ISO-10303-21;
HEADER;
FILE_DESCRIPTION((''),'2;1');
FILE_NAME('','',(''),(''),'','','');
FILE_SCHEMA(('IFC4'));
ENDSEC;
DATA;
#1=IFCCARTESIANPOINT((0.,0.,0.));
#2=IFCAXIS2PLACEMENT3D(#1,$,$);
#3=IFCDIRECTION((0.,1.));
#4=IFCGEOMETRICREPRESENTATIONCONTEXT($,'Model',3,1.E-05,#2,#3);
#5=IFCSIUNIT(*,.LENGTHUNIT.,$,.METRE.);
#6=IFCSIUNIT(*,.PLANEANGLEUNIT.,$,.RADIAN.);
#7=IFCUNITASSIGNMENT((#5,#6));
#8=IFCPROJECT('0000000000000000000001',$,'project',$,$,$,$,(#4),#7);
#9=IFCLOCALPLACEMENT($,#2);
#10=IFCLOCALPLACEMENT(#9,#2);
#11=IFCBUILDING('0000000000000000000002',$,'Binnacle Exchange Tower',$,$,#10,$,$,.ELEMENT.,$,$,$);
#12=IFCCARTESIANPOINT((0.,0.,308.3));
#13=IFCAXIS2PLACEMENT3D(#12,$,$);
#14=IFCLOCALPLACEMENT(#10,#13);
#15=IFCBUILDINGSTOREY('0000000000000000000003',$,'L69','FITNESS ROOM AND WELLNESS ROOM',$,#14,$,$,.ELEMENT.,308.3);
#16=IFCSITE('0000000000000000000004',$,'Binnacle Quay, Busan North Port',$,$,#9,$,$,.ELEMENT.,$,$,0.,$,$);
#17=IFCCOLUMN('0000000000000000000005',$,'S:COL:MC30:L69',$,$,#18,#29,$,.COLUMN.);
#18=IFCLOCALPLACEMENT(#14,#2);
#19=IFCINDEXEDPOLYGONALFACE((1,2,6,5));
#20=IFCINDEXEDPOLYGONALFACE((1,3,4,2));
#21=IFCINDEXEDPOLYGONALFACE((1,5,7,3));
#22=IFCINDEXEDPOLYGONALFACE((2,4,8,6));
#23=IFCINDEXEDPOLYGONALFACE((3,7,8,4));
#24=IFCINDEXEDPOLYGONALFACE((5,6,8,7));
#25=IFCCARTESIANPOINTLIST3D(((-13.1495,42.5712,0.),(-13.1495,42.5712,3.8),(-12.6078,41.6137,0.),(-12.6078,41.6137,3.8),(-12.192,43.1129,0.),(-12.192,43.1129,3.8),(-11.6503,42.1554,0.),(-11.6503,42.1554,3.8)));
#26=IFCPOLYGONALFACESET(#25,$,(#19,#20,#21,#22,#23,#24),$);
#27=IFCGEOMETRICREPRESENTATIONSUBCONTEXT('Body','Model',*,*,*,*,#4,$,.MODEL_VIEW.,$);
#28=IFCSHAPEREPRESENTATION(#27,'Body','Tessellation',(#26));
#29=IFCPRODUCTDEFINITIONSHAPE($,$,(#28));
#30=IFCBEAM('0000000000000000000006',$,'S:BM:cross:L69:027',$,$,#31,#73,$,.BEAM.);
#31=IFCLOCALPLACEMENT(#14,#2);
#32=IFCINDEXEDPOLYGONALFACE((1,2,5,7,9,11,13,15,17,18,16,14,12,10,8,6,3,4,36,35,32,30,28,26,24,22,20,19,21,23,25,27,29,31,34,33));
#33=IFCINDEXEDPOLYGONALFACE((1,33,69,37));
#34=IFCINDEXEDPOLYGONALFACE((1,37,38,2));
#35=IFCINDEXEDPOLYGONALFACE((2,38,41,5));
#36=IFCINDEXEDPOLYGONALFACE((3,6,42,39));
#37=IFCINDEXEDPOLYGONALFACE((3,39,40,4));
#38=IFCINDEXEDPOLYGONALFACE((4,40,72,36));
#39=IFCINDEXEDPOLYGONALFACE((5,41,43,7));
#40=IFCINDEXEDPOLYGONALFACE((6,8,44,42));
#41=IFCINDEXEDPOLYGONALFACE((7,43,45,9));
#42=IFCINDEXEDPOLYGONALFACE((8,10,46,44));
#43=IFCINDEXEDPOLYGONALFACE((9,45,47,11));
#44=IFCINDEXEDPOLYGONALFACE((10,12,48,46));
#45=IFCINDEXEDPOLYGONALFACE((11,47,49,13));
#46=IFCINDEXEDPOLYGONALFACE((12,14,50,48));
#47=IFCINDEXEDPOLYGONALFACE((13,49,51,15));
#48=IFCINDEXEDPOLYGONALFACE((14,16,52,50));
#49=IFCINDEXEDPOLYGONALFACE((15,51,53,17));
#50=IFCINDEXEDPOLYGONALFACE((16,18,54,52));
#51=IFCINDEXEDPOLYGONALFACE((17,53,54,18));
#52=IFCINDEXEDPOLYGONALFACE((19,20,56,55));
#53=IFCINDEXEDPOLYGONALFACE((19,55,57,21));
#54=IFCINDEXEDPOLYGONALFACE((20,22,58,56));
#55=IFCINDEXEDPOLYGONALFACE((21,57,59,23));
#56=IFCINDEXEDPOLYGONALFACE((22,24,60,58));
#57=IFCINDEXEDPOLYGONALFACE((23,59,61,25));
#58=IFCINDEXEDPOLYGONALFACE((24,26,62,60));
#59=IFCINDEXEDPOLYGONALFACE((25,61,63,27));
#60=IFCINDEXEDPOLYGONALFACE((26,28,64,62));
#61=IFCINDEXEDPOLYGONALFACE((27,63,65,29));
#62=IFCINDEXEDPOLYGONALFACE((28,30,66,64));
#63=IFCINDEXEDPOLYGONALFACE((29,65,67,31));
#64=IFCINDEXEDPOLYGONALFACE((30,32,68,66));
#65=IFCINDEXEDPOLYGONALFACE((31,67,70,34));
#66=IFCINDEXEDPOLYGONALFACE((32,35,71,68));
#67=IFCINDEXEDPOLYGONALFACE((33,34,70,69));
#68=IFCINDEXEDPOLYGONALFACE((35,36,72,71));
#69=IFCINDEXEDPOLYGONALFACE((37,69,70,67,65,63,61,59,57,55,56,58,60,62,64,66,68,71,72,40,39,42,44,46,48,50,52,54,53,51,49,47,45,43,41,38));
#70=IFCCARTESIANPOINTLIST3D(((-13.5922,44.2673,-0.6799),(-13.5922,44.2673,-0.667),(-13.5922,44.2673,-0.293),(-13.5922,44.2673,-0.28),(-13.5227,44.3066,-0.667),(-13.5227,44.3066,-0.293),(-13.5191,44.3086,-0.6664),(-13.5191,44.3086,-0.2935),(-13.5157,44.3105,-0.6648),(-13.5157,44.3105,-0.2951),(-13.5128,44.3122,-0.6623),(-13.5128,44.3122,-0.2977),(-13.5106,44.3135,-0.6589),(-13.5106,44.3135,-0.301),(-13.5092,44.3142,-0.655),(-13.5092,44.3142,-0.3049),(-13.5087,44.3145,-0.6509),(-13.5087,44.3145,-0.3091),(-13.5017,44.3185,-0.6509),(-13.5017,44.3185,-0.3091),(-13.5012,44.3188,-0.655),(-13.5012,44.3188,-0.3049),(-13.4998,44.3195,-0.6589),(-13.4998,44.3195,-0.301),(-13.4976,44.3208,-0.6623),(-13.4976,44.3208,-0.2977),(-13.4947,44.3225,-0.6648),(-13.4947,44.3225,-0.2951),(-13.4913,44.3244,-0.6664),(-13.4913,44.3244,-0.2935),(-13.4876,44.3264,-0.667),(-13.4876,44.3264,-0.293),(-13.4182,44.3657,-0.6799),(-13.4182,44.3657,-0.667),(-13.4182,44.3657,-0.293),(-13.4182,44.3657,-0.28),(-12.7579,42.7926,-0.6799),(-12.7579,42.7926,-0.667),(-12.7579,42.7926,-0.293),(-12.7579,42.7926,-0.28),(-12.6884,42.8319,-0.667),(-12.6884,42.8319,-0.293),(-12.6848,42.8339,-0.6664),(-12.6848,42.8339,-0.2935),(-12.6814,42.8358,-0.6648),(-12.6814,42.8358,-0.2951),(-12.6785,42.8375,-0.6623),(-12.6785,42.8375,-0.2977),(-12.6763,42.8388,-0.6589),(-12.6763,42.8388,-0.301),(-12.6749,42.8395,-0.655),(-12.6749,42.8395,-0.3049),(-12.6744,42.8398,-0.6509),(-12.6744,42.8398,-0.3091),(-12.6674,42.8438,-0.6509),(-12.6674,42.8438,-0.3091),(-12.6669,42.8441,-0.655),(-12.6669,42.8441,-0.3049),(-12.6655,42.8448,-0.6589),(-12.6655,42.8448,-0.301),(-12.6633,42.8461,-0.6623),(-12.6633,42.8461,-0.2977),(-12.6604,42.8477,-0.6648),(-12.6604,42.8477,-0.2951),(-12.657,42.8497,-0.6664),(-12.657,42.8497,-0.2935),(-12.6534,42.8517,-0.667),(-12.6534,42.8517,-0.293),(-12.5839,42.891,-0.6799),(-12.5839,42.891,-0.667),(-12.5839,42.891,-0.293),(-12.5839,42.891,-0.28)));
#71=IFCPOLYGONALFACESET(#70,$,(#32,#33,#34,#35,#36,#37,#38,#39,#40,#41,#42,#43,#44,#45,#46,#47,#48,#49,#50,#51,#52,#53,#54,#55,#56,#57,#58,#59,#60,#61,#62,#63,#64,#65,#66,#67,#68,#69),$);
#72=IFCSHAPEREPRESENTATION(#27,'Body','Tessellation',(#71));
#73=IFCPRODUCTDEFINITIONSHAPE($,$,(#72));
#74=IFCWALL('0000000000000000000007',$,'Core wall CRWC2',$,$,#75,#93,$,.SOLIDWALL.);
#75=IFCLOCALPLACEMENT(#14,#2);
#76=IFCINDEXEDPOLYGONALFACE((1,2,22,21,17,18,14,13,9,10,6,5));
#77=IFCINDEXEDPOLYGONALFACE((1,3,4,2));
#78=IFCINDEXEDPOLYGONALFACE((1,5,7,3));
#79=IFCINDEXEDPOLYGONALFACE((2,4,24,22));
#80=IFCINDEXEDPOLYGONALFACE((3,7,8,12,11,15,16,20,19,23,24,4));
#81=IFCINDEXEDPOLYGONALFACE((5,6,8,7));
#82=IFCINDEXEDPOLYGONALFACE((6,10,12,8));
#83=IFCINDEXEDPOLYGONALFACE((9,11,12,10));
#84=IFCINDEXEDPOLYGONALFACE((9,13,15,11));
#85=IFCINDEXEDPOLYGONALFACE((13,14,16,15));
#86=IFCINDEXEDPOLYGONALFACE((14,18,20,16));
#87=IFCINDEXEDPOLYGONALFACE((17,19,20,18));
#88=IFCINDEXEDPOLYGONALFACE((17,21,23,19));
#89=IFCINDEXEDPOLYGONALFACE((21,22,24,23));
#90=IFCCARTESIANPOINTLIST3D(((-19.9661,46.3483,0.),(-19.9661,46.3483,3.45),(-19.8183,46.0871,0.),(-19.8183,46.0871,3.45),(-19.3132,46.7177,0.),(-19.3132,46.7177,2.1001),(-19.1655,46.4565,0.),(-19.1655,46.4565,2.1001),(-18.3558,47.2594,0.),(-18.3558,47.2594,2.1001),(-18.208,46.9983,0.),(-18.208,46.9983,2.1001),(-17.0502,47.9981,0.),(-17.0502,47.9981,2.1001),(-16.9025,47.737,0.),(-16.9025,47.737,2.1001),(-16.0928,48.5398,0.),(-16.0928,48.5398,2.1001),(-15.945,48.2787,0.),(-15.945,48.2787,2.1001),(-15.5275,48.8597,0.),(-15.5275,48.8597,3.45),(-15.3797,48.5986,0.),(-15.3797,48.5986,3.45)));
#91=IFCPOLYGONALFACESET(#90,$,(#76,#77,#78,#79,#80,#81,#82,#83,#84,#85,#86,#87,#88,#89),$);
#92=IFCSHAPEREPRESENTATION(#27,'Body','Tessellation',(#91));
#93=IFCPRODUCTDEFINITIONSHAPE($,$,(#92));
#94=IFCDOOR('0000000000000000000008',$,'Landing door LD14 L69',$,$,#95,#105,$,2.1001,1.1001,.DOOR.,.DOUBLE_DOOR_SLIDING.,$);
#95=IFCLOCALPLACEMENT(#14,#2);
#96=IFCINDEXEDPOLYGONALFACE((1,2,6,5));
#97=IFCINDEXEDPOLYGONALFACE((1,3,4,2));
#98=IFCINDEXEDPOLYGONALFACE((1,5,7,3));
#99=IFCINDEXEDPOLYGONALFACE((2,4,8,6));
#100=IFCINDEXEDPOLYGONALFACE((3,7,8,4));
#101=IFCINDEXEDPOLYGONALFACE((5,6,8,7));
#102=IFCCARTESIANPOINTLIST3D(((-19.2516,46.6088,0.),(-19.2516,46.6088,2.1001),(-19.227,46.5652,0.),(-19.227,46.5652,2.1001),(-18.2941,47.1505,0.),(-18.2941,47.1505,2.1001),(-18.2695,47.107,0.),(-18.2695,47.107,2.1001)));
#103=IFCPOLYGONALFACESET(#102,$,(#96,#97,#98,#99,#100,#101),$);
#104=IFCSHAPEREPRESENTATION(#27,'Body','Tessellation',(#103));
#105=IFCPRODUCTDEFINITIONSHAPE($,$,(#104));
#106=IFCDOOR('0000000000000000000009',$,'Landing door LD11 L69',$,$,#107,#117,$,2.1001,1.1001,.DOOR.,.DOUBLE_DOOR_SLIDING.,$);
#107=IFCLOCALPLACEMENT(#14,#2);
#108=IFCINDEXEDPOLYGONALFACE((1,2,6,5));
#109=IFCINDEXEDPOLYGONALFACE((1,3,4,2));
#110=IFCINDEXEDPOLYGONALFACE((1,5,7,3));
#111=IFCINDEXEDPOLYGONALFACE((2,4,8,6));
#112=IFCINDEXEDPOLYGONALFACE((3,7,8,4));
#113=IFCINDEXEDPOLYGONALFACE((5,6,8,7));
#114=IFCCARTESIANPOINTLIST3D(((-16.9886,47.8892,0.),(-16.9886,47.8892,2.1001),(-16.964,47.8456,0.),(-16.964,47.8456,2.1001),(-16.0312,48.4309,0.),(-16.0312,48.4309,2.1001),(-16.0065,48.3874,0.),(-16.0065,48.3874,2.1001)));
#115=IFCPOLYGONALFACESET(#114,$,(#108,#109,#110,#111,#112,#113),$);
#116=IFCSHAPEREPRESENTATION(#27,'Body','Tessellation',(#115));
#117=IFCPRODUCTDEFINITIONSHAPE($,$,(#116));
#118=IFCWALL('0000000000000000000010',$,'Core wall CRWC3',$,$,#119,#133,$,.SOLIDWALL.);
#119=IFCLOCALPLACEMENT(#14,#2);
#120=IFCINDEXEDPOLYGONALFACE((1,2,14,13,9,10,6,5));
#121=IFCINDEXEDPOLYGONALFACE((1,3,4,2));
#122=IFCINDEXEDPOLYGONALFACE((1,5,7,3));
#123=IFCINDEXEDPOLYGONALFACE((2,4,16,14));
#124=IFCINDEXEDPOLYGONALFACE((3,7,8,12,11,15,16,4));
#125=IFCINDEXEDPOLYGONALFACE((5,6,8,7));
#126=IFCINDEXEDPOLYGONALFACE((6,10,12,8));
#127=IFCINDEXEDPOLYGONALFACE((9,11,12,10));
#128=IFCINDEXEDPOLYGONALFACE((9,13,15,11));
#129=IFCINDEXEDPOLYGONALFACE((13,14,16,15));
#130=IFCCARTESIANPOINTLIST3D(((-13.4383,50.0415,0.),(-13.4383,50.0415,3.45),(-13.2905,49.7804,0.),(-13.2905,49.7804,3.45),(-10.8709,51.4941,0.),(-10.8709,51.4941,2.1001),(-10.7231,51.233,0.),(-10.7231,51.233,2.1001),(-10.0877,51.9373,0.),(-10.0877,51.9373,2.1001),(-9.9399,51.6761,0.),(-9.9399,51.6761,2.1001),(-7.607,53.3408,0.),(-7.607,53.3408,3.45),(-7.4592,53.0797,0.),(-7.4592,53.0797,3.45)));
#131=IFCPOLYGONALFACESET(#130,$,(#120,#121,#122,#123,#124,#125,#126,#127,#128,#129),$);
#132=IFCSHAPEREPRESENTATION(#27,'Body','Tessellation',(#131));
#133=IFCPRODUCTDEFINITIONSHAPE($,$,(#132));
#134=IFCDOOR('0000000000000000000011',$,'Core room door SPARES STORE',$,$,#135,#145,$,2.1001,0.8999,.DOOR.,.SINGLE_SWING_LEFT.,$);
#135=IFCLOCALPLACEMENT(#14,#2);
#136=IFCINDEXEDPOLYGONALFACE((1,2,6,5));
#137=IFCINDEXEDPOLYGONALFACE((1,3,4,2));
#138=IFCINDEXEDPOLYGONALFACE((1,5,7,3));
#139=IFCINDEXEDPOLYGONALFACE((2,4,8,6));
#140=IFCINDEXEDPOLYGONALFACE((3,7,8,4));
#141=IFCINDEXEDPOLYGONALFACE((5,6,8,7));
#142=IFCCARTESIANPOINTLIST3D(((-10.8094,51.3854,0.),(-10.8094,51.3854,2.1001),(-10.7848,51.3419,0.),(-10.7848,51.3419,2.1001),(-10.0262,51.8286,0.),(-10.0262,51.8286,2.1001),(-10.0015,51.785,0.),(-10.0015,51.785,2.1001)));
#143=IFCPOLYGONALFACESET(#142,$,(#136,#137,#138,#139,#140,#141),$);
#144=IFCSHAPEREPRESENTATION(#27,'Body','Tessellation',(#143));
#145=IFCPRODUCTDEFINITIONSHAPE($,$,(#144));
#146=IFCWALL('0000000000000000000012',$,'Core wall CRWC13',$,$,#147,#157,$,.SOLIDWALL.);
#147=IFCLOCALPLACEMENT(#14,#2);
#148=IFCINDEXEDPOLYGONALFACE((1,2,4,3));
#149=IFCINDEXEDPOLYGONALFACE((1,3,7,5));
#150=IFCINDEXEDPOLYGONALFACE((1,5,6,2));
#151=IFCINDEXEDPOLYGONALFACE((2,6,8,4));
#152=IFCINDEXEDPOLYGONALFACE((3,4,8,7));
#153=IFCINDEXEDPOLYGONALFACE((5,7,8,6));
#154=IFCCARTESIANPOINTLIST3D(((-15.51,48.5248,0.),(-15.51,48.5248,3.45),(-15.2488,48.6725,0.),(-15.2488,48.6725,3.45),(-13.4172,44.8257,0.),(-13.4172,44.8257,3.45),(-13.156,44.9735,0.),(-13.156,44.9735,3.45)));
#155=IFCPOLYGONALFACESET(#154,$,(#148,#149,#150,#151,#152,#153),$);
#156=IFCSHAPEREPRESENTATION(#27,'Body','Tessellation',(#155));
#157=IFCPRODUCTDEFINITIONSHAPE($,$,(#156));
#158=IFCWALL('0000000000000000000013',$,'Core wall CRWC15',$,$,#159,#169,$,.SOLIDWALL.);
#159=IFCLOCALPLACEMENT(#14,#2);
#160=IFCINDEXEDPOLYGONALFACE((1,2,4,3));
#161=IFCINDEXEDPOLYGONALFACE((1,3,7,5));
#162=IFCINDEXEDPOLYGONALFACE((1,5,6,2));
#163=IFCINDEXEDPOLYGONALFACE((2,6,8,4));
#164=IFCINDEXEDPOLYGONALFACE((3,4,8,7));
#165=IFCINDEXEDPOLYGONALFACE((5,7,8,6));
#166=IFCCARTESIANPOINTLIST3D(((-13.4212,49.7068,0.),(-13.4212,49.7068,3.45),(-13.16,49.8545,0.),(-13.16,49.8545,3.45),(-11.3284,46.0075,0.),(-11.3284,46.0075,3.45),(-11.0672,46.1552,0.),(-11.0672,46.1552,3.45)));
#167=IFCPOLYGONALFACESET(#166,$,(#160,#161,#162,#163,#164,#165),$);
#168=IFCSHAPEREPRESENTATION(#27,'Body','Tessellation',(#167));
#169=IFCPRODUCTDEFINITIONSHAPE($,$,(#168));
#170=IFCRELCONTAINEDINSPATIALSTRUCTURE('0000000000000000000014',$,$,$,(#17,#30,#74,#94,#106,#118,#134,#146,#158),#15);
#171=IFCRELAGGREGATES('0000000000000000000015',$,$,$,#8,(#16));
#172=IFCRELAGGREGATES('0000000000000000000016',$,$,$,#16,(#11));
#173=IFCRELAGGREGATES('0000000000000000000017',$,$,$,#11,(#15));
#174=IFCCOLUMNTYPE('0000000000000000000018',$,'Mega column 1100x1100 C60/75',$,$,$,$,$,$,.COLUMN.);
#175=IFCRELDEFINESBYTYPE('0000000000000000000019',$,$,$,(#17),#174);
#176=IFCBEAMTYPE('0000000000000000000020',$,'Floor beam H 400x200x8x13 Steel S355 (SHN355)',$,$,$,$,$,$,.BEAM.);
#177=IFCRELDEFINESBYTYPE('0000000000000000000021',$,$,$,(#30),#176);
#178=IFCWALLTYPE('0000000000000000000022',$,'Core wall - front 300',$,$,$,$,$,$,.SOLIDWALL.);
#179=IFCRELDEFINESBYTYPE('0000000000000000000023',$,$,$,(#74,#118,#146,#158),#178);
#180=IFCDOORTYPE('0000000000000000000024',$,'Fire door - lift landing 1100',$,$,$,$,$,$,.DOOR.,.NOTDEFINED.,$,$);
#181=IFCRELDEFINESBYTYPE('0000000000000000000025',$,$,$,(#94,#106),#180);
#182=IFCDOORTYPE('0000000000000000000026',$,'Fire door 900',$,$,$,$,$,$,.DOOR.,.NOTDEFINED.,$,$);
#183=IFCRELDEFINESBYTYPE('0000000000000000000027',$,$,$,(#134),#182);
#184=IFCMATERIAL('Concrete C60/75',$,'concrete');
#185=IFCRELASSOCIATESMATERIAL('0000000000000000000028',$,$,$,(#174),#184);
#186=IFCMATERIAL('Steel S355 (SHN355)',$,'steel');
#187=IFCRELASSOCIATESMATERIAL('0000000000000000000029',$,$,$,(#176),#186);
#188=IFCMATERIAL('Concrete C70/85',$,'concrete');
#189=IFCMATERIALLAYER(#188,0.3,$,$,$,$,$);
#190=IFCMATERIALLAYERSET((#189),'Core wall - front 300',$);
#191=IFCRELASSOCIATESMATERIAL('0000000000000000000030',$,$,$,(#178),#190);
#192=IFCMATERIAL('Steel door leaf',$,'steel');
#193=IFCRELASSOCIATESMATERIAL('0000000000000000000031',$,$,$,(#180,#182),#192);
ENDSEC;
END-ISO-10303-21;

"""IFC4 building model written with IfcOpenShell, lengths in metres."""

from ifc_helpers import new_model, si_unit, direction, frame, frame_2d, origin, origin_2d, place, context, subcontext, project, spatial, rectangle, i_section, extrude, material, layer, layer_set, material_profile, profile_set, type_object, element, fill, save


model = new_model("IFC4")

# Units and contexts
model_context = context("Model", 3, precision=1e-05, world=origin(), true_north=direction((0.0, 1.0)))
body_context = subcontext(model_context, "Body", "Model", "MODEL_VIEW")
ifc_project = project(units=[si_unit("LENGTHUNIT", "METRE"), si_unit("PLANEANGLEUNIT", "RADIAN")], contexts=[model_context])

# Site, building, storey
site_placement = place(None, origin())
site = spatial("IfcSite", under=ifc_project, at=site_placement, Name="Binnacle Quay, Busan North Port", CompositionType="ELEMENT", RefElevation=0.0)
building_placement = place(site_placement, origin())
building = spatial("IfcBuilding", under=site, at=building_placement, Name="Binnacle Exchange Tower", CompositionType="ELEMENT")
storey_placement = place(building_placement, frame((0.0, 0.0, 308.3)))
storey = spatial("IfcBuildingStorey", under=building, at=storey_placement, Name="L69", Description="FITNESS ROOM AND WELLNESS ROOM", CompositionType="ELEMENT", Elevation=308.3)

# Column
ifc_material_1 = material(Name="Concrete C60/75", Category="concrete")
ifc_material_profile_1 = material_profile(ifc_material_1, rectangle(XDim=1.1001, YDim=1.1001, at=origin_2d()), Name="Mega column 1100x1100 C60/75")
ifc_profile_set_1 = profile_set([ifc_material_profile_1], Name="Concrete C60/75")
column_type = type_object("IfcColumnType", Name="Mega column 1100x1100 C60/75", PredefinedType="COLUMN", material=ifc_profile_set_1)
column_placement = place(storey_placement, frame((-12.3999, 42.3633, 0.0), z_axis=(0.0, 0.0, 1.0), x_axis=(0.870356, 0.492424, 0.0)))
element("IfcColumn", 1, at=column_placement, inside=storey, type_object=column_type, Name="S:COL:MC30:L69", PredefinedType="COLUMN", context=body_context, shape_type="SweptSolid", body=[
    extrude(rectangle(XDim=1.1001, YDim=1.1001, at=origin_2d()), origin(), (0.0, 0.0, 1.0), 3.8),
])

# Beam
ifc_material_2 = material(Name="Steel S355 (SHN355)", Category="steel")
ifc_material_profile_2 = material_profile(ifc_material_2, i_section(OverallWidth=0.2, OverallDepth=0.3999, WebThickness=0.0081, FlangeThickness=0.0129, FilletRadius=0.0161, at=origin_2d()), Name="H 400x200x8x13")
ifc_profile_set_2 = profile_set([ifc_material_profile_2], Name="Steel S355 (SHN355)")
beam_type = type_object("IfcBeamType", Name="Floor beam H 400x200x8x13 Steel S355 (SHN355)", PredefinedType="BEAM", material=ifc_profile_set_2)
beam_placement = place(storey_placement, frame((-12.6709, 42.8418, -0.48), z_axis=(-0.492394, 0.870372, 0.0), x_axis=(-0.870372, -0.492394, 0.0)))
element("IfcBeam", 2, at=beam_placement, inside=storey, type_object=beam_type, Name="S:BM:cross:L69:027", PredefinedType="BEAM", context=body_context, shape_type="SweptSolid", body=[
    extrude(i_section(OverallWidth=0.2, OverallDepth=0.3999, WebThickness=0.0081, FlangeThickness=0.0129, FilletRadius=0.0161, at=origin_2d()), origin(), (0.0, 0.0, 1.0), 1.6943),
])

# Wall, openings, doors
ifc_material_3 = material(Name="Concrete C70/85", Category="concrete")
ifc_layer_1 = layer(ifc_material_3, 0.3)
ifc_layer_set_1 = layer_set([ifc_layer_1], Name="Core wall - front 300")
wall_type_1 = type_object("IfcWallType", Name="Core wall - front 300", PredefinedType="SOLIDWALL", material=ifc_layer_set_1)
wall_1_placement = place(storey_placement, frame((-19.8921, 46.2178, 0.0), z_axis=(0.0, 0.0, 1.0), x_axis=(0.870342, 0.492448, 0.0)))
wall_1 = element("IfcWall", 3, at=wall_1_placement, inside=storey, type_object=wall_type_1, Name="Core wall CRWC2", PredefinedType="SOLIDWALL", context=body_context, shape_type="SweptSolid", body=[
    extrude(rectangle(XDim=5.0999, YDim=0.3, at=frame_2d((2.5498, 0.0))), origin(), (0.0, 0.0, 1.0), 3.45),
])
opening_1_placement = place(wall_1_placement, frame((0.75, 0.0, 0.0)))
opening_1 = element("IfcOpeningElement", 4, at=opening_1_placement, cuts=wall_1, PredefinedType="OPENING", context=body_context, shape_type="SweptSolid", body=[
    extrude(rectangle(XDim=1.1001, YDim=2.1001, at=frame_2d((0.55, 1.05))), frame((0.0, 0.1599, 0.0), z_axis=(0.0, -1.0, 0.0), x_axis=(1.0, 0.0, 0.0)), (0.0, 0.0, 1.0), 0.3201),
])
opening_2_placement = place(wall_1_placement, frame((3.3501, 0.0, 0.0)))
opening_2 = element("IfcOpeningElement", 5, at=opening_2_placement, cuts=wall_1, PredefinedType="OPENING", context=body_context, shape_type="SweptSolid", body=[
    extrude(rectangle(XDim=1.1001, YDim=2.1001, at=frame_2d((0.55, 1.05))), frame((0.0, 0.1599, 0.0), z_axis=(0.0, -1.0, 0.0), x_axis=(1.0, 0.0, 0.0)), (0.0, 0.0, 1.0), 0.3201),
])
ifc_material_4 = material(Name="Steel door leaf", Category="steel")
door_type_1 = type_object("IfcDoorType", Name="Fire door - lift landing 1100", OperationType="NOTDEFINED", PredefinedType="DOOR", material=ifc_material_4)
door_1_placement = place(opening_1_placement, origin())
door_1 = element("IfcDoor", 6, at=door_1_placement, inside=storey, type_object=door_type_1, Name="Landing door LD14 L69", OperationType="DOUBLE_DOOR_SLIDING", OverallHeight=2.1001, OverallWidth=1.1001, PredefinedType="DOOR", context=body_context, shape_type="SweptSolid", body=[
    extrude(rectangle(XDim=1.1001, YDim=2.1001, at=frame_2d((0.55, 1.05))), frame((0.0, 0.0249, 0.0), z_axis=(0.0, -1.0, 0.0), x_axis=(1.0, 0.0, 0.0)), (0.0, 0.0, 1.0), 0.05),
])
fill(opening_1, door_1)
door_2_placement = place(opening_2_placement, origin())
door_2 = element("IfcDoor", 7, at=door_2_placement, inside=storey, type_object=door_type_1, Name="Landing door LD11 L69", OperationType="DOUBLE_DOOR_SLIDING", OverallHeight=2.1001, OverallWidth=1.1001, PredefinedType="DOOR", context=body_context, shape_type="SweptSolid", body=[
    extrude(rectangle(XDim=1.1001, YDim=2.1001, at=frame_2d((0.55, 1.05))), frame((0.0, 0.0249, 0.0), z_axis=(0.0, -1.0, 0.0), x_axis=(1.0, 0.0, 0.0)), (0.0, 0.0, 1.0), 0.05),
])
fill(opening_2, door_2)

# Wall, opening, door
wall_2_placement = place(storey_placement, frame((-13.3645, 49.9109, 0.0), z_axis=(0.0, 0.0, 1.0), x_axis=(0.870348, 0.492438, 0.0)))
wall_2 = element("IfcWall", 8, at=wall_2_placement, inside=storey, type_object=wall_type_1, Name="Core wall CRWC3", PredefinedType="SOLIDWALL", context=body_context, shape_type="SweptSolid", body=[
    extrude(rectangle(XDim=6.7, YDim=0.3, at=frame_2d((3.3501, 0.0))), origin(), (0.0, 0.0, 1.0), 3.45),
])
opening_3_placement = place(wall_2_placement, frame((2.95, 0.0, 0.0)))
opening_3 = element("IfcOpeningElement", 9, at=opening_3_placement, cuts=wall_2, PredefinedType="OPENING", context=body_context, shape_type="SweptSolid", body=[
    extrude(rectangle(XDim=0.8999, YDim=2.1001, at=frame_2d((0.45, 1.05))), frame((0.0, 0.1599, 0.0), z_axis=(0.0, -1.0, 0.0), x_axis=(1.0, 0.0, 0.0)), (0.0, 0.0, 1.0), 0.3201),
])
door_type_2 = type_object("IfcDoorType", Name="Fire door 900", OperationType="NOTDEFINED", PredefinedType="DOOR", material=ifc_material_4)
door_3_placement = place(opening_3_placement, frame((0.8999, 0.0, 0.0), z_axis=(0.0, 0.0, 1.0), x_axis=(-1.0, 0.0, 0.0)))
door_3 = element("IfcDoor", 10, at=door_3_placement, inside=storey, type_object=door_type_2, Name="Core room door SPARES STORE", OperationType="SINGLE_SWING_LEFT", OverallHeight=2.1001, OverallWidth=0.8999, PredefinedType="DOOR", context=body_context, shape_type="SweptSolid", body=[
    extrude(rectangle(XDim=0.8999, YDim=2.1001, at=frame_2d((0.45, 1.05))), frame((0.0, 0.0249, 0.0), z_axis=(0.0, -1.0, 0.0), x_axis=(1.0, 0.0, 0.0)), (0.0, 0.0, 1.0), 0.05),
])
fill(opening_3, door_3)

# Walls
wall_3_placement = place(storey_placement, frame((-15.3794, 48.5986, 0.0), z_axis=(0.0, 0.0, 1.0), x_axis=(0.492423, -0.870356, 0.0)))
element("IfcWall", 11, at=wall_3_placement, inside=storey, type_object=wall_type_1, Name="Core wall CRWC13", PredefinedType="SOLIDWALL", context=body_context, shape_type="SweptSolid", body=[
    extrude(rectangle(XDim=4.25, YDim=0.3, at=frame_2d((2.125, 0.0))), origin(), (0.0, 0.0, 1.0), 3.45),
])
wall_4_placement = place(storey_placement, frame((-13.2905, 49.7805, 0.0), z_axis=(0.0, 0.0, 1.0), x_axis=(0.492398, -0.87037, 0.0)))
element("IfcWall", 12, at=wall_4_placement, inside=storey, type_object=wall_type_1, Name="Core wall CRWC15", PredefinedType="SOLIDWALL", context=body_context, shape_type="SweptSolid", body=[
    extrude(rectangle(XDim=4.2502, YDim=0.3, at=frame_2d((2.125, 0.0))), origin(), (0.0, 0.0, 1.0), 3.45),
])

save(model, "model.ifc")
